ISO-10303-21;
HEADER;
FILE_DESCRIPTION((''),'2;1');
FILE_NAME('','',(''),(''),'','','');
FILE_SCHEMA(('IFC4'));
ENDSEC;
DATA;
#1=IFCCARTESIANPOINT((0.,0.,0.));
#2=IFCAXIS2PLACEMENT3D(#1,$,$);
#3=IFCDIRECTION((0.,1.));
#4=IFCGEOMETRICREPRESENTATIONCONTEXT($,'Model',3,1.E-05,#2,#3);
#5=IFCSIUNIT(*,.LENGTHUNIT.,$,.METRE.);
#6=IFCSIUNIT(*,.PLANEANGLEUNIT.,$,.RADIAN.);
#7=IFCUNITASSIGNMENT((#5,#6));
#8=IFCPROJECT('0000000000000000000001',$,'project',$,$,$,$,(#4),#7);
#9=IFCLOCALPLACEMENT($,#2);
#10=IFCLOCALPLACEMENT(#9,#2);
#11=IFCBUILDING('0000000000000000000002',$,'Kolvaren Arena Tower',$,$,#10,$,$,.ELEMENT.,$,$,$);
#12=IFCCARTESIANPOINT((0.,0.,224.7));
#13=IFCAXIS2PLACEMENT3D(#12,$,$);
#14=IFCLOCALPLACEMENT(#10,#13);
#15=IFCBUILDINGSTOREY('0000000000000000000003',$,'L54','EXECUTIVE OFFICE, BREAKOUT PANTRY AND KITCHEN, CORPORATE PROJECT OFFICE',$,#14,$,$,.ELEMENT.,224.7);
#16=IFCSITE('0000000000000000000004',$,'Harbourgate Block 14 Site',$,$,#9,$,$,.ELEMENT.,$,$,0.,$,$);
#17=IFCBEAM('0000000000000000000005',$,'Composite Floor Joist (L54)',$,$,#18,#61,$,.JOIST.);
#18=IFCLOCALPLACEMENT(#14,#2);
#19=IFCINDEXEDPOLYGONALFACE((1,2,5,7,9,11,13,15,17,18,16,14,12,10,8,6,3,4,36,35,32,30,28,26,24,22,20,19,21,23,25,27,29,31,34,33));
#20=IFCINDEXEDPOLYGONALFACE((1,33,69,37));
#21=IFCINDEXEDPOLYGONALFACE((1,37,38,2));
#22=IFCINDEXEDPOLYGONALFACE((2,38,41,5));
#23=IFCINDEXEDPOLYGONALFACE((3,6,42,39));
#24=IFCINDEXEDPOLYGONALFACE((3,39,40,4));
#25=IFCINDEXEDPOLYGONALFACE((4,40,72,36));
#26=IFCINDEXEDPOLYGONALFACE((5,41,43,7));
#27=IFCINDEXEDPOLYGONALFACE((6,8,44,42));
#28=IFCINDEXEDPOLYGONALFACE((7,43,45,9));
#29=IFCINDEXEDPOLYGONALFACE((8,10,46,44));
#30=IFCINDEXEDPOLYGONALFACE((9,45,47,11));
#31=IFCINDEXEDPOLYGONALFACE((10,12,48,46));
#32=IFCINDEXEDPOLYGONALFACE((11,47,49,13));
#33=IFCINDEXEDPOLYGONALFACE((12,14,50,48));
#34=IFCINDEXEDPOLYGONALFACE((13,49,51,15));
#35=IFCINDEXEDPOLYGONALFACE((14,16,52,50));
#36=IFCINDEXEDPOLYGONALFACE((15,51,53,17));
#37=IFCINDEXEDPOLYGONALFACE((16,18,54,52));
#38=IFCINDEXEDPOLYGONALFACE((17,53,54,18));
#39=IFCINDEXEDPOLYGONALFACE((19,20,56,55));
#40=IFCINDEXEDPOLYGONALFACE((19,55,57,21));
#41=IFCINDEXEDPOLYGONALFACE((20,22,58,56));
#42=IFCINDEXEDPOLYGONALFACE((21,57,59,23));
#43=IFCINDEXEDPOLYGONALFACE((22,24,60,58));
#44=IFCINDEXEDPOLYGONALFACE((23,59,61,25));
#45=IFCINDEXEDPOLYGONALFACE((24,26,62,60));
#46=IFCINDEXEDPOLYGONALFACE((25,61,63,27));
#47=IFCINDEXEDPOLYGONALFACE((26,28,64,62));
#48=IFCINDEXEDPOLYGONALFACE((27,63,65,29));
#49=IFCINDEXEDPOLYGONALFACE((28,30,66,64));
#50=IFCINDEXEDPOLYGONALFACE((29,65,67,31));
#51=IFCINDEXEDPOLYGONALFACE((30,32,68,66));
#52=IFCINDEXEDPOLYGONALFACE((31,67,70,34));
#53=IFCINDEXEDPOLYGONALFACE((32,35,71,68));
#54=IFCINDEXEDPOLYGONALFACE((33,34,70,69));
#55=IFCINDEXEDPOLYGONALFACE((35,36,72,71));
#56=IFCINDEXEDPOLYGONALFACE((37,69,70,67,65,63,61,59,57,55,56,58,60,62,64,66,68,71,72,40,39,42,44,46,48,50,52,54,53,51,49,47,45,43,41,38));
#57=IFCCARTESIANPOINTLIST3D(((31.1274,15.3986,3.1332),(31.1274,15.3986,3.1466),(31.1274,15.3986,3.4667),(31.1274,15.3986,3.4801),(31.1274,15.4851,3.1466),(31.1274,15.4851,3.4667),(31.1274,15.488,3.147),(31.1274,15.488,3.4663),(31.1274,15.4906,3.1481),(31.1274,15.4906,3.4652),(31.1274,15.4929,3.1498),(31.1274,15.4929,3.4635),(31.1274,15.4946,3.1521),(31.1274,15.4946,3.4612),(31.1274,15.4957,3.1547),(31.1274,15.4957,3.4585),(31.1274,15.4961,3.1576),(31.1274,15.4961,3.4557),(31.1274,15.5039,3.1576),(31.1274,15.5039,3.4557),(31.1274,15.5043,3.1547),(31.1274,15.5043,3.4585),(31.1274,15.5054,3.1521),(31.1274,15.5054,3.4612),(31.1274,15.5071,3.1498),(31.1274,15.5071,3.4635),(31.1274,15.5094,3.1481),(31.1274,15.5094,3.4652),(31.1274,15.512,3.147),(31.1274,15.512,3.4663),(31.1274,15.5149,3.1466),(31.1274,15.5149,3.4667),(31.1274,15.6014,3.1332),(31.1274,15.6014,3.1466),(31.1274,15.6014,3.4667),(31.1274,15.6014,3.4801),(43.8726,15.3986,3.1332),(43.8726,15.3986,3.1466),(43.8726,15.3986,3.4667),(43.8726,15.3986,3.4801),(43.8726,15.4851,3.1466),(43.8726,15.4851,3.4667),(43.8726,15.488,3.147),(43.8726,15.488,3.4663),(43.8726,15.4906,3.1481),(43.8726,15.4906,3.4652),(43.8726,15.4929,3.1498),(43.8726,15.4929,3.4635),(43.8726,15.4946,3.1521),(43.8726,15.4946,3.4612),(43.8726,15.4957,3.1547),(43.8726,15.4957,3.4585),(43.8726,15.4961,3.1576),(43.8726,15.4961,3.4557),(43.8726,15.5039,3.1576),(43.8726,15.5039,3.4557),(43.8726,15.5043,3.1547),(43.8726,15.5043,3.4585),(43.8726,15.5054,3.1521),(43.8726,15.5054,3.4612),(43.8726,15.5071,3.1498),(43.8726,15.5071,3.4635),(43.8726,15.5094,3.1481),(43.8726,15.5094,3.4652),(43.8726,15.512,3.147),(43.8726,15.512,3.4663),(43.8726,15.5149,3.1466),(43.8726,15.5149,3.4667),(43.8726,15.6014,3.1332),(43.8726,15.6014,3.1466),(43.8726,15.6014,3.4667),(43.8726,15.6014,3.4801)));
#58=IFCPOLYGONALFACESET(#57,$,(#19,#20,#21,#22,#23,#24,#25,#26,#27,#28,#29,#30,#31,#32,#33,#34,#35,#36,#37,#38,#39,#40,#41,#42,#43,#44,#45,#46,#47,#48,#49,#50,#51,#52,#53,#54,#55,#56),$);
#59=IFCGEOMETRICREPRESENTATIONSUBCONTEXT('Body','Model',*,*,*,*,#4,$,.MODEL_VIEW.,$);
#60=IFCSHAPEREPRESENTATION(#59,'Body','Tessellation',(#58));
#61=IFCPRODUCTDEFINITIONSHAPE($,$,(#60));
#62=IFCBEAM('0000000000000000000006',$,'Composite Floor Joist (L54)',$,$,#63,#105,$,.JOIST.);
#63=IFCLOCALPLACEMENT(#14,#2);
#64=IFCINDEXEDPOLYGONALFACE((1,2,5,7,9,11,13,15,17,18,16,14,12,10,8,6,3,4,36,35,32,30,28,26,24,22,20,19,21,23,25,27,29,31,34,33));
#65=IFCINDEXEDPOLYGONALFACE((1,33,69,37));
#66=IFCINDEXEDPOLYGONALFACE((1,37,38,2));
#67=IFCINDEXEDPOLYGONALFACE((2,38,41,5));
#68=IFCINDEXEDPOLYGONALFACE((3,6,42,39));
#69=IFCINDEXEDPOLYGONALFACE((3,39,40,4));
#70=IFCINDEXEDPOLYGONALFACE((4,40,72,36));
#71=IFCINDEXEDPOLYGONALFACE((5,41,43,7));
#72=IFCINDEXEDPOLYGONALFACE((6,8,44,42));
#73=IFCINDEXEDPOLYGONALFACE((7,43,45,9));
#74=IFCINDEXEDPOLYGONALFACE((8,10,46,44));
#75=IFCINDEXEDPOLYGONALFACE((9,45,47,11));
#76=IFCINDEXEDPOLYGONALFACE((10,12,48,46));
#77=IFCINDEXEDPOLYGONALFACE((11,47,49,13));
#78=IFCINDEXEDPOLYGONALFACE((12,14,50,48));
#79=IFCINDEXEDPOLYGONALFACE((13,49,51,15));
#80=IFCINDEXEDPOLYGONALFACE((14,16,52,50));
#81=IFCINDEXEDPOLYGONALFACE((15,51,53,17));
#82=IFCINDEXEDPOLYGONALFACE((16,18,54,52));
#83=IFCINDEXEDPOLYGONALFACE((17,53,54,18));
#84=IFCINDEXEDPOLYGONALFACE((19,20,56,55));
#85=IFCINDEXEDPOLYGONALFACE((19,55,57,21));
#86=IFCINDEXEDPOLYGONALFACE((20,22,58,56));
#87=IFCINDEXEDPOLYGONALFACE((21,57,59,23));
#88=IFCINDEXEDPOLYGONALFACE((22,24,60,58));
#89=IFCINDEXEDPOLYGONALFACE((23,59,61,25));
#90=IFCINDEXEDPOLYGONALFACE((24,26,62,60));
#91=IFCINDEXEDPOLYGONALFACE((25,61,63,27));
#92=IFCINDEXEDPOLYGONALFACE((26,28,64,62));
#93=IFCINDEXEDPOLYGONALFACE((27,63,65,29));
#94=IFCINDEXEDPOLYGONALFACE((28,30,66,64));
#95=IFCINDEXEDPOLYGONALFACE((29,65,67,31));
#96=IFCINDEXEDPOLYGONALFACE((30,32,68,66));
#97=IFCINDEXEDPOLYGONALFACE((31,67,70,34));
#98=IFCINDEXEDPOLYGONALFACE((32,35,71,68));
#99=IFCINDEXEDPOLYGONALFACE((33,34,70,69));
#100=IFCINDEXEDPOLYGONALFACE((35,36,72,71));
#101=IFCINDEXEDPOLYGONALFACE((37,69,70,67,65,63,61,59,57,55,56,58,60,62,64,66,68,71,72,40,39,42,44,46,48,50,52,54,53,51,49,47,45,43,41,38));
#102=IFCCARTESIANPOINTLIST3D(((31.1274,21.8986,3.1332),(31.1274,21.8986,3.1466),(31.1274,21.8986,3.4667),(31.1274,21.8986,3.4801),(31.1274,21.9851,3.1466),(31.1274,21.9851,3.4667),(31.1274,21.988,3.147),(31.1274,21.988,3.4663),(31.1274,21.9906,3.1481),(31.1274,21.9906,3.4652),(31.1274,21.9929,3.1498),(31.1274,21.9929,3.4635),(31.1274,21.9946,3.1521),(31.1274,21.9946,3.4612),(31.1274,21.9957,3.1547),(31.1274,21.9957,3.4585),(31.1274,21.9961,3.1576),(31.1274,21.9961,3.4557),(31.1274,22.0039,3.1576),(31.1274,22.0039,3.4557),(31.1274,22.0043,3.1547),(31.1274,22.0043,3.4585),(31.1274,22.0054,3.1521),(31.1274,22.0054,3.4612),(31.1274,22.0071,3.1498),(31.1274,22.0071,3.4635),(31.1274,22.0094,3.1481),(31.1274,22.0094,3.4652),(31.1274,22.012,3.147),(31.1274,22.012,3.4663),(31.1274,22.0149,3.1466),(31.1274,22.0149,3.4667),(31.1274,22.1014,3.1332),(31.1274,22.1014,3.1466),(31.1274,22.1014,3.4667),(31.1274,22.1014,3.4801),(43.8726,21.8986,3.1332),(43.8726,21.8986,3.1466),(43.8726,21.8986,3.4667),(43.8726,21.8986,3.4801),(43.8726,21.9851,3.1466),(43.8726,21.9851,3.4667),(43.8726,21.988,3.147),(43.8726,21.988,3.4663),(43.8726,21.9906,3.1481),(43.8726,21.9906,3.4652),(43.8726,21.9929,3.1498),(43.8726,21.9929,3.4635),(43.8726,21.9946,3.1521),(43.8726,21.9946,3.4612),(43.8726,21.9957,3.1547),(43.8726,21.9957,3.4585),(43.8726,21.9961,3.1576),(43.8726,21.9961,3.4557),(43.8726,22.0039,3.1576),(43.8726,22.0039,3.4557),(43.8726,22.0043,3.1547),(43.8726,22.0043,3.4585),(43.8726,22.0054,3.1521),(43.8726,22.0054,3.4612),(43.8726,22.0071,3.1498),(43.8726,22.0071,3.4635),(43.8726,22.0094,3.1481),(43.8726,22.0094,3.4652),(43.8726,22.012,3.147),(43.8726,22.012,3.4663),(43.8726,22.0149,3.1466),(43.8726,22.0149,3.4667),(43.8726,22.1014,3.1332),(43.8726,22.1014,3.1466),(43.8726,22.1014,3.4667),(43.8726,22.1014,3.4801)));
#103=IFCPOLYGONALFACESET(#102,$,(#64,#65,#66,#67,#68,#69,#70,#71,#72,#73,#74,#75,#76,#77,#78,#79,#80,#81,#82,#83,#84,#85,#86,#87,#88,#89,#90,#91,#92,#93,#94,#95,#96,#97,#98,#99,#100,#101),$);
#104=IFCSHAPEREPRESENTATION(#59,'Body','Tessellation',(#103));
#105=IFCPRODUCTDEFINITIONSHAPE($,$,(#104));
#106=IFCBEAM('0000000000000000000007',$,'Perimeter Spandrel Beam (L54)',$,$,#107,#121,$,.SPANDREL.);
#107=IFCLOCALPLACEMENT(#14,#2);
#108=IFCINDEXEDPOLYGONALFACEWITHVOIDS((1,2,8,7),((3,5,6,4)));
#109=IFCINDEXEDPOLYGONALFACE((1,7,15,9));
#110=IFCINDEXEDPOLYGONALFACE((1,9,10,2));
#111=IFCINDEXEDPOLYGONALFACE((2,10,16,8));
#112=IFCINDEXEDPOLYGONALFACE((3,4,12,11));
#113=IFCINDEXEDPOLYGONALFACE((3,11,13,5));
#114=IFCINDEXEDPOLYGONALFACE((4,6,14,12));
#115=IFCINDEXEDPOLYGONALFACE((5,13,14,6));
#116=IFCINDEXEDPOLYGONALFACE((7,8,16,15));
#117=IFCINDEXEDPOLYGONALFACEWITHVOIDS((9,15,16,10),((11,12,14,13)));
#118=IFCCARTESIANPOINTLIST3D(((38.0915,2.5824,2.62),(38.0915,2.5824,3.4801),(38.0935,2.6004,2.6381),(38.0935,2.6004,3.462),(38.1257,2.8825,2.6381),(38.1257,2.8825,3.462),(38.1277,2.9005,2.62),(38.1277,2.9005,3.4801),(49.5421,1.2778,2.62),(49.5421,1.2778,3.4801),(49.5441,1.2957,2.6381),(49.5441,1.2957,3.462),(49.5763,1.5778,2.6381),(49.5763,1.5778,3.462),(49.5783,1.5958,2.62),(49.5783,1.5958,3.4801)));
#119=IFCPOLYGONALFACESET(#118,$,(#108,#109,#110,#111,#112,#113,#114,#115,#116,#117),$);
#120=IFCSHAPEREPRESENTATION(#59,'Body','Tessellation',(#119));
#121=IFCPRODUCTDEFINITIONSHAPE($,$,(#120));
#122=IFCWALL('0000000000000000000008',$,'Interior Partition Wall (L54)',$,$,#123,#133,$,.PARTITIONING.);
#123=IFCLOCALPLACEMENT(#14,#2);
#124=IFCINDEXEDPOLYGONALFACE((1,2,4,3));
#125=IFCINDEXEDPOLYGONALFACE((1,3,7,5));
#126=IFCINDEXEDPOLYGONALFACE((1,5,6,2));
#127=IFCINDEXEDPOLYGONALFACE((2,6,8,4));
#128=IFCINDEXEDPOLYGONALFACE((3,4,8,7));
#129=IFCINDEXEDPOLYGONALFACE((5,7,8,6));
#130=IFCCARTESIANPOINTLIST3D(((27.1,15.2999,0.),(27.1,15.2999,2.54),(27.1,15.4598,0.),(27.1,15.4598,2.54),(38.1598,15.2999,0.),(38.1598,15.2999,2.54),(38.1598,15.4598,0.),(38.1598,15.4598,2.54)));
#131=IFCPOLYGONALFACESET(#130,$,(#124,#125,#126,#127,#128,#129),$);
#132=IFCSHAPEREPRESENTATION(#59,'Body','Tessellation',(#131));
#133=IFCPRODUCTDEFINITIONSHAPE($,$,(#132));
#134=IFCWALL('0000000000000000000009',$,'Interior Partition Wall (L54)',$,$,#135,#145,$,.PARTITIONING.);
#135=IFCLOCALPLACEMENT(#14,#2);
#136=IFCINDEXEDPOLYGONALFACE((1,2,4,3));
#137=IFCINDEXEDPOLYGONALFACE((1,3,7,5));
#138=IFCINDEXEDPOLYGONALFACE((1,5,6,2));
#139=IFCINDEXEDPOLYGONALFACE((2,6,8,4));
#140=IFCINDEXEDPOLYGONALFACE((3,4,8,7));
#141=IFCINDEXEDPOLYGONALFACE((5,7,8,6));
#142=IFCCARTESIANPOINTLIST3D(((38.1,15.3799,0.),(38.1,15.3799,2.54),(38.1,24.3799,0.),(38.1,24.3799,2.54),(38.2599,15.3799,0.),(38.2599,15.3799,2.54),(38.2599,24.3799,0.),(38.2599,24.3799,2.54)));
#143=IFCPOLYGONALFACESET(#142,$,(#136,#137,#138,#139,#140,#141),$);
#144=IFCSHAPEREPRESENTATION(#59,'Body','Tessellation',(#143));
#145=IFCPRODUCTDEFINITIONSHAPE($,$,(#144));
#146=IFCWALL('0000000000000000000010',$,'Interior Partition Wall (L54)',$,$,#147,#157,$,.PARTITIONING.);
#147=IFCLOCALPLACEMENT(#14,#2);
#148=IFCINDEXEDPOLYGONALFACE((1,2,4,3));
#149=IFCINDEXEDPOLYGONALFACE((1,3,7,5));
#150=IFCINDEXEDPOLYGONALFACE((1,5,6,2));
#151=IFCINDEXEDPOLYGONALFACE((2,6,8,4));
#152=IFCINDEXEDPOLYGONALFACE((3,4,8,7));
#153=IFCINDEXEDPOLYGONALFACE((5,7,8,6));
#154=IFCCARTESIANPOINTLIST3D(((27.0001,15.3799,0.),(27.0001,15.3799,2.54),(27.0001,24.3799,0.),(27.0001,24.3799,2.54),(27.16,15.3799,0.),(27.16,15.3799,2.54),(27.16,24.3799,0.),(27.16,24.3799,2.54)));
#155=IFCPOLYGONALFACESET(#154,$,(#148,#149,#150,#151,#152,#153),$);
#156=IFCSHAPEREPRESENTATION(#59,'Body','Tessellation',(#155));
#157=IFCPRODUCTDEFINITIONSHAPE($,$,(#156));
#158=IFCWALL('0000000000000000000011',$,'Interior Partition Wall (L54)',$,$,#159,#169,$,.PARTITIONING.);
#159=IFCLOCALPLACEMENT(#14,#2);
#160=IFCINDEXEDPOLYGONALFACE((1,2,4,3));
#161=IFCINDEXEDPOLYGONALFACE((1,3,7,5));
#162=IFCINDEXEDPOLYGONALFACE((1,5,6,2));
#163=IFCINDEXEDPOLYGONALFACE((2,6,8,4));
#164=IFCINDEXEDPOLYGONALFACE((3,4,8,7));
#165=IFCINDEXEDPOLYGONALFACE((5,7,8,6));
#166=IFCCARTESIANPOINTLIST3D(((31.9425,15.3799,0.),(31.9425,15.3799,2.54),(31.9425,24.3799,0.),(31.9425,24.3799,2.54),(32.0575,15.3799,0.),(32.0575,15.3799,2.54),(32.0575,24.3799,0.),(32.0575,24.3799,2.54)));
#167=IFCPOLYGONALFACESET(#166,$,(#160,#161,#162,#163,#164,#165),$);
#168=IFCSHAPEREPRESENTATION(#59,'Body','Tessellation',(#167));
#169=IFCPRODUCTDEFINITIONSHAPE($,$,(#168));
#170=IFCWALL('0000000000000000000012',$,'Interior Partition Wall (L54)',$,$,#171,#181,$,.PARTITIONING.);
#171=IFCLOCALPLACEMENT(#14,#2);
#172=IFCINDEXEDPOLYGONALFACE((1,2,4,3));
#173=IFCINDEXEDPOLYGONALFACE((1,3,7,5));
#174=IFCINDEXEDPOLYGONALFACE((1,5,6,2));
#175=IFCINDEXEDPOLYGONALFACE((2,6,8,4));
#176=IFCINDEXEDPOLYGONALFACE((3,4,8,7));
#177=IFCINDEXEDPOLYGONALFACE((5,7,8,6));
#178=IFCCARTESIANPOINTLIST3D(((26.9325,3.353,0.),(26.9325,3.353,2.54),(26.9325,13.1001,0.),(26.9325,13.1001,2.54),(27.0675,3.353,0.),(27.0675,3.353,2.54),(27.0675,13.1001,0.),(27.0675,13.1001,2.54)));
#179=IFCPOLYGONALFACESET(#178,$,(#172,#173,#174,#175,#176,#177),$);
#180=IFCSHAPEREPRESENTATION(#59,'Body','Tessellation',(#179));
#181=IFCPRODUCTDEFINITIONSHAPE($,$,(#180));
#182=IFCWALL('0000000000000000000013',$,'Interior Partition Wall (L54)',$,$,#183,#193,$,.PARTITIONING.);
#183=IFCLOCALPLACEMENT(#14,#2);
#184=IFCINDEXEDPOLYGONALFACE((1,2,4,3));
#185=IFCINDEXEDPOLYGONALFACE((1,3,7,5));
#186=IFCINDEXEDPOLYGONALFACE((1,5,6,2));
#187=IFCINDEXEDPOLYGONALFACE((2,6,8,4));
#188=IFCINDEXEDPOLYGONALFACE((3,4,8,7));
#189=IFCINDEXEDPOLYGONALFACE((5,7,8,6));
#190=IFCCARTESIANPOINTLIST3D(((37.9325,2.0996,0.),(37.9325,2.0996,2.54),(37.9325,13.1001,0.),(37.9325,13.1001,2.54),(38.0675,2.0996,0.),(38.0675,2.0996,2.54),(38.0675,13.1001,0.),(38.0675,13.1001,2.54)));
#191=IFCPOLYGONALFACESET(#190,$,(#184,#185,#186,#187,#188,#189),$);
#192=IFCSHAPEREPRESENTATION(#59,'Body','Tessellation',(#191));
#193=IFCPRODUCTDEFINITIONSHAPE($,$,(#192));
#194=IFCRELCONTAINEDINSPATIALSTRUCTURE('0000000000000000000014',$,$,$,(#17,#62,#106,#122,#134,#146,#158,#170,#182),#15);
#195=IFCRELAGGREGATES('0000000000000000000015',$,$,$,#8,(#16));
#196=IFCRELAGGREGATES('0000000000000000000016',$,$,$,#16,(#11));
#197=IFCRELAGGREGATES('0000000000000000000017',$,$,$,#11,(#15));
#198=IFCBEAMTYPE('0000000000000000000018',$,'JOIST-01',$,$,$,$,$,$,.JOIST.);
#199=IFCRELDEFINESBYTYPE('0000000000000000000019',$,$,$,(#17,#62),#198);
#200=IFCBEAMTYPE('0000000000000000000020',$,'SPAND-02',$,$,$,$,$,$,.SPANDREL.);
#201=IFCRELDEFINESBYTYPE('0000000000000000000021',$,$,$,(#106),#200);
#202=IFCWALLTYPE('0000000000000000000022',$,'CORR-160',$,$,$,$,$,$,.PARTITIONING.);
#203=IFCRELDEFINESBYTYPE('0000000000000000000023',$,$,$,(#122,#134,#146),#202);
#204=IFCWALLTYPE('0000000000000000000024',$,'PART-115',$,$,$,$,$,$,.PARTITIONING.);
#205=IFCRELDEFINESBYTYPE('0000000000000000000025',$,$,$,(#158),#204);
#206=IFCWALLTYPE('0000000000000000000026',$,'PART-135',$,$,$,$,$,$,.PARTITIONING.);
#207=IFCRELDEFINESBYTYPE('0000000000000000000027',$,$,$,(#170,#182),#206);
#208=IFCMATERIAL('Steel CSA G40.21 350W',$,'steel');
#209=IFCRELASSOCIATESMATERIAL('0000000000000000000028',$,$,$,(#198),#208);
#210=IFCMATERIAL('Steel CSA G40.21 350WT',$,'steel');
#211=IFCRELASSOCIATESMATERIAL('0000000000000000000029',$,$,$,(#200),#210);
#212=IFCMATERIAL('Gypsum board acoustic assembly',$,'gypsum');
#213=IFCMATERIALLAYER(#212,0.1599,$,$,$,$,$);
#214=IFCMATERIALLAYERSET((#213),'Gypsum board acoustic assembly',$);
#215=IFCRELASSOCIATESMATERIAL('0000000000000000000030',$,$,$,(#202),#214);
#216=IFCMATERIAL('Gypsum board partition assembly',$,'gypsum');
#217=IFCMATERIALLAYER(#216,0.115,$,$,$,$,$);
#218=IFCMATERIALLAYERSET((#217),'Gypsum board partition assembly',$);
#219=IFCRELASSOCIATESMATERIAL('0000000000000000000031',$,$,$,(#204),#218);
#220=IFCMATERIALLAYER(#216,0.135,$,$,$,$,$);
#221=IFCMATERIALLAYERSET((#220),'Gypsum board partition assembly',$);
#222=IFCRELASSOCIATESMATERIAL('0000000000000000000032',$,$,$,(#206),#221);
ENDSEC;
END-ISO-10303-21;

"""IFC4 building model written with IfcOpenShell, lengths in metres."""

from ifc_helpers import new_model, si_unit, direction, frame, frame_2d, origin, origin_2d, place, context, subcontext, project, spatial, rectangle, hollow_rectangle, i_section, extrude, material, layer, layer_set, material_profile, profile_set, type_object, element, save


model = new_model("IFC4")

# Units and contexts
model_context = context("Model", 3, precision=1e-05, world=origin(), true_north=direction((0.0, 1.0)))
body_context = subcontext(model_context, "Body", "Model", "MODEL_VIEW")
ifc_project = project(units=[si_unit("LENGTHUNIT", "METRE"), si_unit("PLANEANGLEUNIT", "RADIAN")], contexts=[model_context])

# Site, building, storey
site_placement = place(None, origin())
site = spatial("IfcSite", under=ifc_project, at=site_placement, Name="Harbourgate Block 14 Site", CompositionType="ELEMENT", RefElevation=0.0)
building_placement = place(site_placement, origin())
building = spatial("IfcBuilding", under=site, at=building_placement, Name="Kolvaren Arena Tower", CompositionType="ELEMENT")
storey_placement = place(building_placement, frame((0.0, 0.0, 224.7)))
storey = spatial("IfcBuildingStorey", under=building, at=storey_placement, Name="L54", Description="EXECUTIVE OFFICE, BREAKOUT PANTRY AND KITCHEN, CORPORATE PROJECT OFFICE", CompositionType="ELEMENT", Elevation=224.7)

# Beams
ifc_material_1 = material(Name="Steel CSA G40.21 350W", Category="steel")
ifc_material_profile_1 = material_profile(ifc_material_1, i_section(OverallWidth=0.2029, OverallDepth=0.3469, WebThickness=0.0078, FlangeThickness=0.0134, FilletRadius=0.011, at=origin_2d()), Name="W360x64")
ifc_profile_set_1 = profile_set([ifc_material_profile_1], Name="Steel CSA G40.21 350W")
beam_type_1 = type_object("IfcBeamType", Name="JOIST-01", PredefinedType="JOIST", material=ifc_profile_set_1)
for number, where, z_axis, x_axis, name in (
    (1, (31.1274, 15.5, 3.3066), (1.0, 0.0, 0.0), (0.0, 1.0, 0.0), "Composite Floor Joist (L54)"),
    (2, (31.1274, 22.0, 3.3066), (1.0, 0.0, 0.0), (0.0, 1.0, 0.0), "Composite Floor Joist (L54)"),
):
    element("IfcBeam", number, at=place(storey_placement, frame(where, z_axis=z_axis, x_axis=x_axis)), inside=storey, type_object=beam_type_1, Name=name, PredefinedType="JOIST", context=body_context, shape_type="SweptSolid", body=[
        extrude(i_section(OverallWidth=0.2029, OverallDepth=0.3469, WebThickness=0.0078, FlangeThickness=0.0134, FilletRadius=0.011, at=origin_2d()), origin(), (0.0, 0.0, 1.0), 12.7451),
    ])
ifc_material_2 = material(Name="Steel CSA G40.21 350WT", Category="steel")
ifc_material_profile_2 = material_profile(ifc_material_2, hollow_rectangle(XDim=0.3201, YDim=0.8601, WallThickness=0.0181, at=origin_2d()), Name="HSS 860x320x18")
ifc_profile_set_2 = profile_set([ifc_material_profile_2], Name="Steel CSA G40.21 350WT")
beam_type_2 = type_object("IfcBeamType", Name="SPAND-02", PredefinedType="SPANDREL", material=ifc_profile_set_2)
beam_1_placement = place(storey_placement, frame((38.1096, 2.7415, 3.05), z_axis=(0.993571, -0.113207, 0.0), x_axis=(0.113207, 0.993571, 0.0)))
element("IfcBeam", 3, at=beam_1_placement, inside=storey, type_object=beam_type_2, Name="Perimeter Spandrel Beam (L54)", PredefinedType="SPANDREL", context=body_context, shape_type="SweptSolid", body=[
    extrude(hollow_rectangle(XDim=0.3201, YDim=0.8601, WallThickness=0.0181, at=origin_2d()), origin(), (0.0, 0.0, 1.0), 11.5247),
])

# Walls
ifc_material_3 = material(Name="Gypsum board acoustic assembly", Category="gypsum")
ifc_layer_1 = layer(ifc_material_3, 0.1599)
ifc_layer_set_1 = layer_set([ifc_layer_1], Name="Gypsum board acoustic assembly")
wall_type_1 = type_object("IfcWallType", Name="CORR-160", PredefinedType="PARTITIONING", material=ifc_layer_set_1)
wall_1_placement = place(storey_placement, frame((27.1001, 15.3799, 0.0), z_axis=(0.0, 0.0, 1.0), x_axis=(1.0, 0.0, 0.0)))
element("IfcWall", 4, at=wall_1_placement, inside=storey, type_object=wall_type_1, Name="Interior Partition Wall (L54)", PredefinedType="PARTITIONING", context=body_context, shape_type="SweptSolid", body=[
    extrude(rectangle(XDim=11.0598, YDim=0.1599, at=frame_2d((5.5298, 0.0))), origin(), (0.0, 0.0, 1.0), 2.54),
])
for number, where, z_axis, x_axis, name in (
    (5, (38.1799, 15.3799, 0.0), (0.0, 0.0, 1.0), (0.0, 1.0, 0.0), "Interior Partition Wall (L54)"),
    (6, (27.0801, 15.3799, 0.0), (0.0, 0.0, 1.0), (0.0, 1.0, 0.0), "Interior Partition Wall (L54)"),
):
    element("IfcWall", number, at=place(storey_placement, frame(where, z_axis=z_axis, x_axis=x_axis)), inside=storey, type_object=wall_type_1, Name=name, PredefinedType="PARTITIONING", context=body_context, shape_type="SweptSolid", body=[
        extrude(rectangle(XDim=9.0, YDim=0.1599, at=frame_2d((4.5, 0.0))), origin(), (0.0, 0.0, 1.0), 2.54),
    ])
ifc_material_4 = material(Name="Gypsum board partition assembly", Category="gypsum")
ifc_layer_2 = layer(ifc_material_4, 0.115)
ifc_layer_set_2 = layer_set([ifc_layer_2], Name="Gypsum board partition assembly")
wall_type_2 = type_object("IfcWallType", Name="PART-115", PredefinedType="PARTITIONING", material=ifc_layer_set_2)
wall_2_placement = place(storey_placement, frame((32.0, 15.3799, 0.0), z_axis=(0.0, 0.0, 1.0), x_axis=(0.0, 1.0, 0.0)))
element("IfcWall", 7, at=wall_2_placement, inside=storey, type_object=wall_type_2, Name="Interior Partition Wall (L54)", PredefinedType="PARTITIONING", context=body_context, shape_type="SweptSolid", body=[
    extrude(rectangle(XDim=9.0, YDim=0.115, at=frame_2d((4.5, 0.0))), origin(), (0.0, 0.0, 1.0), 2.54),
])
ifc_layer_3 = layer(ifc_material_4, 0.135)
ifc_layer_set_3 = layer_set([ifc_layer_3], Name="Gypsum board partition assembly")
wall_type_3 = type_object("IfcWallType", Name="PART-135", PredefinedType="PARTITIONING", material=ifc_layer_set_3)
wall_3_placement = place(storey_placement, frame((27.0, 3.353, 0.0), z_axis=(0.0, 0.0, 1.0), x_axis=(0.0, 1.0, 0.0)))
element("IfcWall", 8, at=wall_3_placement, inside=storey, type_object=wall_type_3, Name="Interior Partition Wall (L54)", PredefinedType="PARTITIONING", context=body_context, shape_type="SweptSolid", body=[
    extrude(rectangle(XDim=9.7471, YDim=0.135, at=frame_2d((4.8735, 0.0))), origin(), (0.0, 0.0, 1.0), 2.54),
])
wall_4_placement = place(storey_placement, frame((38.0, 2.0996, 0.0), z_axis=(0.0, 0.0, 1.0), x_axis=(0.0, 1.0, 0.0)))
element("IfcWall", 9, at=wall_4_placement, inside=storey, type_object=wall_type_3, Name="Interior Partition Wall (L54)", PredefinedType="PARTITIONING", context=body_context, shape_type="SweptSolid", body=[
    extrude(rectangle(XDim=11.0005, YDim=0.135, at=frame_2d((5.5002, 0.0))), origin(), (0.0, 0.0, 1.0), 2.54),
])

save(model, "model.ifc")
